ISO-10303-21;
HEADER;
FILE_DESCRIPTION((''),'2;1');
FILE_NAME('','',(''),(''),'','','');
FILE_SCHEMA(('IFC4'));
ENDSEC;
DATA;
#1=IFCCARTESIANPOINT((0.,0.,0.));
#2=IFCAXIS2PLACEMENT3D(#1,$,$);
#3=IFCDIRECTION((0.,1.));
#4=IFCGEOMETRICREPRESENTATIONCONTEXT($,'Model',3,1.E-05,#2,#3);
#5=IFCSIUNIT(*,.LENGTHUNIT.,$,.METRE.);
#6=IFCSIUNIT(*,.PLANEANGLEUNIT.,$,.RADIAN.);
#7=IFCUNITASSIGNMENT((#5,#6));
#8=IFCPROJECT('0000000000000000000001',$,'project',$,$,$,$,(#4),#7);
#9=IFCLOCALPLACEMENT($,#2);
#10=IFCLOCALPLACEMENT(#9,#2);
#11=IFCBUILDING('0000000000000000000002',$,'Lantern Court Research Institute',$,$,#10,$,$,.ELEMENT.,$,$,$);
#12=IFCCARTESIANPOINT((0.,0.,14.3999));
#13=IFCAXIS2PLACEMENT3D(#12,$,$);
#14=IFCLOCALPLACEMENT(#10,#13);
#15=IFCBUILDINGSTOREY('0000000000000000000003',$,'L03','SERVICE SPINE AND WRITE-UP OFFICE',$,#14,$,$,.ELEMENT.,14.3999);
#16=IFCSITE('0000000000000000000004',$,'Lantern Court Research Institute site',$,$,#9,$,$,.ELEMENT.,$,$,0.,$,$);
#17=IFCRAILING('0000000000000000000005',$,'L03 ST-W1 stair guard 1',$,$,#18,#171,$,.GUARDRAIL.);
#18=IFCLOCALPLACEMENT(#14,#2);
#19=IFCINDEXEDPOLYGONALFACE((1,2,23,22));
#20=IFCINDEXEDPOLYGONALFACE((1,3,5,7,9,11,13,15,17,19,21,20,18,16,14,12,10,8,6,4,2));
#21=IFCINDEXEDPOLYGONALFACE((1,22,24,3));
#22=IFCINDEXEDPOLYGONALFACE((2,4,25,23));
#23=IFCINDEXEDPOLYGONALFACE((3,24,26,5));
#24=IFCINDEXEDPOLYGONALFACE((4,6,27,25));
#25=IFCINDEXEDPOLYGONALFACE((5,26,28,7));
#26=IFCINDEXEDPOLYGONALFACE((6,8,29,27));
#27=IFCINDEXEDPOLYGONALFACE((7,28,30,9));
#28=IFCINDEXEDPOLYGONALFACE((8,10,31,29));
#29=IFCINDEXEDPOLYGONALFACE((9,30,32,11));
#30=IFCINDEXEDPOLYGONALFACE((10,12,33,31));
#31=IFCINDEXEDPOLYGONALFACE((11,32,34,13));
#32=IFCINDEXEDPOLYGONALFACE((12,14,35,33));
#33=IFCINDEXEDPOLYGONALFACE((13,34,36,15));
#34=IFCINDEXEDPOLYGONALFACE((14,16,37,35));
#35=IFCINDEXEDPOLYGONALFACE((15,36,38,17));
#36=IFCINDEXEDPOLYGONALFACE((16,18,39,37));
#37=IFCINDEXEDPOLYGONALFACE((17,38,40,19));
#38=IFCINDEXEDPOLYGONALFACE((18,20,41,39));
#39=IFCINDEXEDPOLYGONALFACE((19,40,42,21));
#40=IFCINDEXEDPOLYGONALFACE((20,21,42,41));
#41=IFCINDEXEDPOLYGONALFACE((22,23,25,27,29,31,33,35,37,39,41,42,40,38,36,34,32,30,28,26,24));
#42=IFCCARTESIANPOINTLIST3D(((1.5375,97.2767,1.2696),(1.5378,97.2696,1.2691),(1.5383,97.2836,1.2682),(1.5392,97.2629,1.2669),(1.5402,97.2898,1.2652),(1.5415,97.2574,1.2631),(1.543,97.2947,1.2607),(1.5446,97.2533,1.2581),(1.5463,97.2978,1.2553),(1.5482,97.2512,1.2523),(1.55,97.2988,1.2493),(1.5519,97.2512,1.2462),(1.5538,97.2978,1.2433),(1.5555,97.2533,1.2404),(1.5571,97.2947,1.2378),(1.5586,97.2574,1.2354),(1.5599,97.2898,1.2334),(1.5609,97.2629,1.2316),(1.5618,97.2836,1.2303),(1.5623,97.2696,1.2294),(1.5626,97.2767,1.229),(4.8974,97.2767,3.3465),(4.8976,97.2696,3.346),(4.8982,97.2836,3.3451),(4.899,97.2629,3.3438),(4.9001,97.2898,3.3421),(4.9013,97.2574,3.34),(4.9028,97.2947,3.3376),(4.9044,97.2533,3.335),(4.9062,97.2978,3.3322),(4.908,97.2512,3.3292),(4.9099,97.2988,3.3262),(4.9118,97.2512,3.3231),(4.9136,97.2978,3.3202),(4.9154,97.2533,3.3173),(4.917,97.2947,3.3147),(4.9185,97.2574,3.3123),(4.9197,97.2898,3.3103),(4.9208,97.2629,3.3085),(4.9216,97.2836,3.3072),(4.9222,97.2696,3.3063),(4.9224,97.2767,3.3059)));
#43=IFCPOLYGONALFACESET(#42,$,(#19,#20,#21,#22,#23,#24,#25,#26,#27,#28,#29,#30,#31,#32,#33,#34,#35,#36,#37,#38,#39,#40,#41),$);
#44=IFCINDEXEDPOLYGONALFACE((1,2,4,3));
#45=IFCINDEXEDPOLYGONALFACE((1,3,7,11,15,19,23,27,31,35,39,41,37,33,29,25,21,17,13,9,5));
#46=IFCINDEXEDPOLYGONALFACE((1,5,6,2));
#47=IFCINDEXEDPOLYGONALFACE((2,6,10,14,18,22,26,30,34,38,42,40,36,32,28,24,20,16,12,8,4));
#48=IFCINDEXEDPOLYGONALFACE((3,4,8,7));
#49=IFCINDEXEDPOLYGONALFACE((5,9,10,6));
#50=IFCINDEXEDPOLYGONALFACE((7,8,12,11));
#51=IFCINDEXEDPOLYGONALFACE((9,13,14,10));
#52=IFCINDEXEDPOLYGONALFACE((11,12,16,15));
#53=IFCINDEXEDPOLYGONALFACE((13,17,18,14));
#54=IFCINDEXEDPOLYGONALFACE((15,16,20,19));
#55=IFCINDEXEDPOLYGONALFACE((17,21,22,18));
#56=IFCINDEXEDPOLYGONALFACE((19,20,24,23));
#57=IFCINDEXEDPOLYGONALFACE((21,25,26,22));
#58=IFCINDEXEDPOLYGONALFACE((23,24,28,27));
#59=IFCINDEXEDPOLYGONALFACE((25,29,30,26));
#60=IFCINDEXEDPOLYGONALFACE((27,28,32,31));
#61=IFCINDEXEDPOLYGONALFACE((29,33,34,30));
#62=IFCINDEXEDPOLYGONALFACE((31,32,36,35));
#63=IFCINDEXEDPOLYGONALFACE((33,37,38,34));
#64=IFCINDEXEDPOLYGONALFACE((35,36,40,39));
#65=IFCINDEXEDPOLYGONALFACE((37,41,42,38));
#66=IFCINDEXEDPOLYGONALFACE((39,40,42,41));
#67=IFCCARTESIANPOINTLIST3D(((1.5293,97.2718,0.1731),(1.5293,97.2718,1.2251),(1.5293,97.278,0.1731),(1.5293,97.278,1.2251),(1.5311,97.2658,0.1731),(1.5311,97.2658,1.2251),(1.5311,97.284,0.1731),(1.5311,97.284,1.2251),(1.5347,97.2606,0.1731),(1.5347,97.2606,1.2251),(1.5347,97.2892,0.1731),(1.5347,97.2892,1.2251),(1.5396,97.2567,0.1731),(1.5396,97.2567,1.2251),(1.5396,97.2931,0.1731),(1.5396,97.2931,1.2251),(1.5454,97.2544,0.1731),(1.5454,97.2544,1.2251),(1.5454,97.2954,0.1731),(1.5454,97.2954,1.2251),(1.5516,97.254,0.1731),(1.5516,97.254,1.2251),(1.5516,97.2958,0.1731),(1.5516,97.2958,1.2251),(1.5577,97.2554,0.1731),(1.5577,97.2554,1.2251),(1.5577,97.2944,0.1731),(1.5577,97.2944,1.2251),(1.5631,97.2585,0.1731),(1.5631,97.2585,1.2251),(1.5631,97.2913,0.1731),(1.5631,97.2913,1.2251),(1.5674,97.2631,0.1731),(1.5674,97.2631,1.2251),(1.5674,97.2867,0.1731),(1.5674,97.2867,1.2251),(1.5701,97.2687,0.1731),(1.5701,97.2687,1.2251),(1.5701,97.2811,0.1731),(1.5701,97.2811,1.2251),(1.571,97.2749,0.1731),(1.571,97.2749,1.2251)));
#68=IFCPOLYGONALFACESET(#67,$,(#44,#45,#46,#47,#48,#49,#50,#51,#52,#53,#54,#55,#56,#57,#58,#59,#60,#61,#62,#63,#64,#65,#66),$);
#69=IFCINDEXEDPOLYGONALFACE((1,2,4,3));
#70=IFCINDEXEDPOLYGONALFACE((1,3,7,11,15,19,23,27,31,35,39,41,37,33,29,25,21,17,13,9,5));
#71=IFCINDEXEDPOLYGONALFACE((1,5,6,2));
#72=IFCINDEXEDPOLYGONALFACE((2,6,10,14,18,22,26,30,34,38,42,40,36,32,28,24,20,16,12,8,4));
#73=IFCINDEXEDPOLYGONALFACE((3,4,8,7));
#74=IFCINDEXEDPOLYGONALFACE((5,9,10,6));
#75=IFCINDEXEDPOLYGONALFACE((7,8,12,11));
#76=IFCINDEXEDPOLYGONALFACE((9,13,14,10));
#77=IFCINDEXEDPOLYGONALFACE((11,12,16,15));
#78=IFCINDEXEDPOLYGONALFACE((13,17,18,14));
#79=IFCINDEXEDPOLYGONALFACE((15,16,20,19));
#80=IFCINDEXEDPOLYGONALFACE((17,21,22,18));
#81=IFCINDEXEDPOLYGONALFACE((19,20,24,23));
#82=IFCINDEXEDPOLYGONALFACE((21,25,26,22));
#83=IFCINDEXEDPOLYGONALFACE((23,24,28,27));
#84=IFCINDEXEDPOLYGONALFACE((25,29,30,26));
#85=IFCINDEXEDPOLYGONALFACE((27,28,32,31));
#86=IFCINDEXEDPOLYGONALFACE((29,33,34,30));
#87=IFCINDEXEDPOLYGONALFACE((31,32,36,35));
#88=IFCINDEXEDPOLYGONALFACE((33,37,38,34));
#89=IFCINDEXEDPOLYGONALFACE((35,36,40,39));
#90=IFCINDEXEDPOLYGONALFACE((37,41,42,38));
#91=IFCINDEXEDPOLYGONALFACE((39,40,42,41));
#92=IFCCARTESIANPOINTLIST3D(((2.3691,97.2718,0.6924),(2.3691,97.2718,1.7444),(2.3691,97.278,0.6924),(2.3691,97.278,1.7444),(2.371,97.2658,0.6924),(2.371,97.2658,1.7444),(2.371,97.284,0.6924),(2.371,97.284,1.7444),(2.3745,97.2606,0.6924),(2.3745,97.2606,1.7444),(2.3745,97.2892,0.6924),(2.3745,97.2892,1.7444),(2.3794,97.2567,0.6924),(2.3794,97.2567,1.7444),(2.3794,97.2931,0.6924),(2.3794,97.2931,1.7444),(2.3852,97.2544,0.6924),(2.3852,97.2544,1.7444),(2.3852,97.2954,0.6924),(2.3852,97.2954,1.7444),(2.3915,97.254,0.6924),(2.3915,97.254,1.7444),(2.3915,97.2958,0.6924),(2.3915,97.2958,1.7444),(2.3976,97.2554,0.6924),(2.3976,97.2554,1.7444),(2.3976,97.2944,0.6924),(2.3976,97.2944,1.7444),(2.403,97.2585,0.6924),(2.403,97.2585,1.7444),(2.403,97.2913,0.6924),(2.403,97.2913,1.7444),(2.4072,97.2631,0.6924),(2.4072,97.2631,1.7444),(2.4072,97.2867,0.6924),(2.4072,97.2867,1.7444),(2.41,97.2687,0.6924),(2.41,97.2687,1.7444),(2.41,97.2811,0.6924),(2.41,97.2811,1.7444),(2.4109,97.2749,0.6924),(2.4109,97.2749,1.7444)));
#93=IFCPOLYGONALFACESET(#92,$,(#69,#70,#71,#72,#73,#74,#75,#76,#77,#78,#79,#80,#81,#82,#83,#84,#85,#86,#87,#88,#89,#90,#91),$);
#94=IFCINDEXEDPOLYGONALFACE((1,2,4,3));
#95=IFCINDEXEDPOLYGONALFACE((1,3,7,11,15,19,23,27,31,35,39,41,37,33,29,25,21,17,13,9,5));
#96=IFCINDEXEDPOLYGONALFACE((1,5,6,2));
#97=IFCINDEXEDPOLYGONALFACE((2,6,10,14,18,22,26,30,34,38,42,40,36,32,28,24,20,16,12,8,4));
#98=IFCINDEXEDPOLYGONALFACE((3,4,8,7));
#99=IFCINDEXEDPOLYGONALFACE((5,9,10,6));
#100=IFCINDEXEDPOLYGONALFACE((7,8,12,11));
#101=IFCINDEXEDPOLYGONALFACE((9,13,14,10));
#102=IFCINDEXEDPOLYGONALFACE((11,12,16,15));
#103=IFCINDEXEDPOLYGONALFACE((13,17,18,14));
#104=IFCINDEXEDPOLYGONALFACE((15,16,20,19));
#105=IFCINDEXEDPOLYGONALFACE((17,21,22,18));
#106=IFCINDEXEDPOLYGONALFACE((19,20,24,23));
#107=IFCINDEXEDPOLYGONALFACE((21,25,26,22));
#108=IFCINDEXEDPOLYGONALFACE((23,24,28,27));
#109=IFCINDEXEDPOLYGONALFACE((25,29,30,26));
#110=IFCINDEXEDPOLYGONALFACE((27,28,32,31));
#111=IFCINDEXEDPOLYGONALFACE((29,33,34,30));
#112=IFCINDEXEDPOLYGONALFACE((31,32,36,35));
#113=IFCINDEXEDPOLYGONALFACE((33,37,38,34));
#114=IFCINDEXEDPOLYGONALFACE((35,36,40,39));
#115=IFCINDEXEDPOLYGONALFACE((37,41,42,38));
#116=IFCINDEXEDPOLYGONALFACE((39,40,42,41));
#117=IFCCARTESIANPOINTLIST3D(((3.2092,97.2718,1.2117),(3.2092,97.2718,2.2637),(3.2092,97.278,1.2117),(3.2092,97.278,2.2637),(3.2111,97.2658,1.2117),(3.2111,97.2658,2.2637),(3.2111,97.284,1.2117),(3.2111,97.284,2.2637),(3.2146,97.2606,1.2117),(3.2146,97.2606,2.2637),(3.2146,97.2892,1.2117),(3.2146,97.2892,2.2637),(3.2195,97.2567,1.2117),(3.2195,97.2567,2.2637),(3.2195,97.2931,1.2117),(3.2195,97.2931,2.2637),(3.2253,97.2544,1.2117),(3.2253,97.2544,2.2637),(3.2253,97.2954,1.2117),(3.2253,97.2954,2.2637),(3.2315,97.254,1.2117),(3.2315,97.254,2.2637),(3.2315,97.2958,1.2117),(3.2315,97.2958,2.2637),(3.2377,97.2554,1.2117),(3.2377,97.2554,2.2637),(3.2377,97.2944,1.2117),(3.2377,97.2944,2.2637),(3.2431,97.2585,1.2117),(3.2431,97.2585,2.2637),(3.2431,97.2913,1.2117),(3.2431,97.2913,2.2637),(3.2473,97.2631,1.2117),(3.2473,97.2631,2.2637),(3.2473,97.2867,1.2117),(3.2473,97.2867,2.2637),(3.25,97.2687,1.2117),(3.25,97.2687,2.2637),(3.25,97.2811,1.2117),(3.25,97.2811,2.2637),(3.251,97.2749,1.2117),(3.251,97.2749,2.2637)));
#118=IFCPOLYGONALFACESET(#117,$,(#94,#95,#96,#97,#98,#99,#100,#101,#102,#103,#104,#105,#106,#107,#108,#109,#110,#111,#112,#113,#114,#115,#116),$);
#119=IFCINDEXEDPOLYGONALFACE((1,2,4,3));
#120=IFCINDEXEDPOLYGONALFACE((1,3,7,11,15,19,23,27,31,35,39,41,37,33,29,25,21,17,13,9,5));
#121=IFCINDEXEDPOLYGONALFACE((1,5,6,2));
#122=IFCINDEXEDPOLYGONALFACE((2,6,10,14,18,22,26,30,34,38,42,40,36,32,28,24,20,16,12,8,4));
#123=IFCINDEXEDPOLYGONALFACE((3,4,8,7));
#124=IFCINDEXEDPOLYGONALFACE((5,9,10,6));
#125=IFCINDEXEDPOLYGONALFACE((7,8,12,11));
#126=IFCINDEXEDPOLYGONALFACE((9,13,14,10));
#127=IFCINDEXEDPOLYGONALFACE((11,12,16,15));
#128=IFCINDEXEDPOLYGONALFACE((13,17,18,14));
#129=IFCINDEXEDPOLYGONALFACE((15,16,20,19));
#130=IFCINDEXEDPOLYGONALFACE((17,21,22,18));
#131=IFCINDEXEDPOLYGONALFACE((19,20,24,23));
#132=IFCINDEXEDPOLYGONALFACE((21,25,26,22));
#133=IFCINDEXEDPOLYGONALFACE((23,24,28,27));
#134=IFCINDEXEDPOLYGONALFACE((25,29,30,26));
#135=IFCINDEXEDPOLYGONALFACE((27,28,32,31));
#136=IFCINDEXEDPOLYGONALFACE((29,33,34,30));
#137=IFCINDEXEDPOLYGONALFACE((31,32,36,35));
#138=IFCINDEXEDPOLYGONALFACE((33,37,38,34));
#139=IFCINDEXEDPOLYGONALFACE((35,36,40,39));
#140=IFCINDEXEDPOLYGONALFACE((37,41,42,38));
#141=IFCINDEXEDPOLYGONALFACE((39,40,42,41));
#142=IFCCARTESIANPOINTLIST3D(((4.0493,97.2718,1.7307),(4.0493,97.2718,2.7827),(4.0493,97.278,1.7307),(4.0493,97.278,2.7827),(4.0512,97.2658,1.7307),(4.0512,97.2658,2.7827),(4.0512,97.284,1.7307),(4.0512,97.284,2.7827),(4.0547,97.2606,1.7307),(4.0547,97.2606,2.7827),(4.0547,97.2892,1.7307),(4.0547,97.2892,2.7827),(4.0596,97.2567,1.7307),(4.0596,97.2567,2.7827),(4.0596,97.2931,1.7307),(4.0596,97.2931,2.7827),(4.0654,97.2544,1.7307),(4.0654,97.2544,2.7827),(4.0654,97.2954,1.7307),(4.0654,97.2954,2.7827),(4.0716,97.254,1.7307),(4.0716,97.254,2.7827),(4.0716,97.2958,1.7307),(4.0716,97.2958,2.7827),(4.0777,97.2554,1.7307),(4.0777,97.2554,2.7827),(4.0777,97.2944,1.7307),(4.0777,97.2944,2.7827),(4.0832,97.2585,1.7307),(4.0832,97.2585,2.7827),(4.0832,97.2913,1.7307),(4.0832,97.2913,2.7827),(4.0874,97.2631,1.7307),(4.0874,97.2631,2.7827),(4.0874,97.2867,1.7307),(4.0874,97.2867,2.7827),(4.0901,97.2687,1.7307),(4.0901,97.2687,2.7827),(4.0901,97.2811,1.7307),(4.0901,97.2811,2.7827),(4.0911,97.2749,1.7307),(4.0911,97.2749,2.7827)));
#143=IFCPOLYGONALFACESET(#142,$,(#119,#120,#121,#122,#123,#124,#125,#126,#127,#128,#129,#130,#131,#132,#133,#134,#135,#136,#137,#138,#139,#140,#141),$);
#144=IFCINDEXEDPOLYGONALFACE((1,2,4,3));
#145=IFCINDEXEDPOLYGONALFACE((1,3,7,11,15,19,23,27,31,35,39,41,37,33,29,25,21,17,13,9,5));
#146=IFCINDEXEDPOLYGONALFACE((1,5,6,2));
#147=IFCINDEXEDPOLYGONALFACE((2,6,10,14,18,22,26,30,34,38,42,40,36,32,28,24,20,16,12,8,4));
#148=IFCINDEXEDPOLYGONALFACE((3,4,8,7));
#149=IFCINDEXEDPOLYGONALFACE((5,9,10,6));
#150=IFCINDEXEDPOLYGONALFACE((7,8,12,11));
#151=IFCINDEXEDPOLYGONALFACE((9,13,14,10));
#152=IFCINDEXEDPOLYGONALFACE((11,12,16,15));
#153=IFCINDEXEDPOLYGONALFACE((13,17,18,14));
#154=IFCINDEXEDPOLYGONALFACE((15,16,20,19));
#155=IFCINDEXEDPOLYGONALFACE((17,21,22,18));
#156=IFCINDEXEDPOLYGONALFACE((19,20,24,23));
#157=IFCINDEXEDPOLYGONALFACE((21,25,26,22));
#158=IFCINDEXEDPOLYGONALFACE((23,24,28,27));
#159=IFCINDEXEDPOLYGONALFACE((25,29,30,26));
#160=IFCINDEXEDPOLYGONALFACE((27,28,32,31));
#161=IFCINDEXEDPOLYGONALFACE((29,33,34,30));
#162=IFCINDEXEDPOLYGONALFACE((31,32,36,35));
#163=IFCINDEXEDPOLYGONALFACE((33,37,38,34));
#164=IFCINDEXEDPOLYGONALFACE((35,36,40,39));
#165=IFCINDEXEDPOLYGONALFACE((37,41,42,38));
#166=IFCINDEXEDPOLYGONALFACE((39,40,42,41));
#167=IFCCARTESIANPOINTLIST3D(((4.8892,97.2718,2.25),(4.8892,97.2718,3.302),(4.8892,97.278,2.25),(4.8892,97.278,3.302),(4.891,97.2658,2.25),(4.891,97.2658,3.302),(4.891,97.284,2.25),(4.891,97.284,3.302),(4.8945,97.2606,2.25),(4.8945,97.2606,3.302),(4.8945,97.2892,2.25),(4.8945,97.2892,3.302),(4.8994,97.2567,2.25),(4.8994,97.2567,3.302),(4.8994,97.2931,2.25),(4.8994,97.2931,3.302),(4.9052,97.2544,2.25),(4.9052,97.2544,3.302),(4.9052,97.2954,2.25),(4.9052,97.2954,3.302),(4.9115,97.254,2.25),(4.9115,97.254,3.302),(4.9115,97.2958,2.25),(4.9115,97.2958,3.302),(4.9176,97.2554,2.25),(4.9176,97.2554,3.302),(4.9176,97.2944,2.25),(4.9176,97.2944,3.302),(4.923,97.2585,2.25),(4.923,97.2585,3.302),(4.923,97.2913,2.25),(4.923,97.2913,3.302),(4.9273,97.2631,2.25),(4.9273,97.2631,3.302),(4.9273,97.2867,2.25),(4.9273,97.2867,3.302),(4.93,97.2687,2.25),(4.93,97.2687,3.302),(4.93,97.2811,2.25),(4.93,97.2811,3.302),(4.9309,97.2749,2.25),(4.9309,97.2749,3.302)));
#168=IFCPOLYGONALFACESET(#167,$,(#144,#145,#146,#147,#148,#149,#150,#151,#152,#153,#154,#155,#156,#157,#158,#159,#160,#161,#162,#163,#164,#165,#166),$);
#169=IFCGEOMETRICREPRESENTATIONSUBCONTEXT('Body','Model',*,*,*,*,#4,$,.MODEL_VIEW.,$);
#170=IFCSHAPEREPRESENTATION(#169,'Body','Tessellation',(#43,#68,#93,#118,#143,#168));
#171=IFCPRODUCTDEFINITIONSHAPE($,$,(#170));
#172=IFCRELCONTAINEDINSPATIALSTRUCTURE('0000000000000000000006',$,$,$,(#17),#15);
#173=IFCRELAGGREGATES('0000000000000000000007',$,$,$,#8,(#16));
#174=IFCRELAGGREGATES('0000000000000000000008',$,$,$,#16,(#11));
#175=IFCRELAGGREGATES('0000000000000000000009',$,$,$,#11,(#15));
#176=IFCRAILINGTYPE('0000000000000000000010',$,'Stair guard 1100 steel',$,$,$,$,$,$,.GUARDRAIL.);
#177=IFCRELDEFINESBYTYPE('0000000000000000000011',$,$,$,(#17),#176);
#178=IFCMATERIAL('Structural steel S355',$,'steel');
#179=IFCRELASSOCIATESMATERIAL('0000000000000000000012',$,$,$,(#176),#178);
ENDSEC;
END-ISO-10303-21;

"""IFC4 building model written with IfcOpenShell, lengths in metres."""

from ifc_helpers import new_model, si_unit, direction, frame, origin, origin_2d, place, context, subcontext, project, spatial, circle, extrude, material, type_object, element, save


model = new_model("IFC4")

# Units and contexts
model_context = context("Model", 3, precision=1e-05, world=origin(), true_north=direction((0.0, 1.0)))
body_context = subcontext(model_context, "Body", "Model", "MODEL_VIEW")
ifc_project = project(units=[si_unit("LENGTHUNIT", "METRE"), si_unit("PLANEANGLEUNIT", "RADIAN")], contexts=[model_context])

# Site, building, storey
site_placement = place(None, origin())
site = spatial("IfcSite", under=ifc_project, at=site_placement, Name="Lantern Court Research Institute site", CompositionType="ELEMENT", RefElevation=0.0)
building_placement = place(site_placement, origin())
building = spatial("IfcBuilding", under=site, at=building_placement, Name="Lantern Court Research Institute", CompositionType="ELEMENT")
storey_placement = place(building_placement, frame((0.0, 0.0, 14.3999)))
storey = spatial("IfcBuildingStorey", under=building, at=storey_placement, Name="L03", Description="SERVICE SPINE AND WRITE-UP OFFICE", CompositionType="ELEMENT", Elevation=14.3999)

# Railing
ifc_material_1 = material(Name="Structural steel S355", Category="steel")
railing_type_1 = type_object("IfcRailingType", Name="Stair guard 1100 steel", PredefinedType="GUARDRAIL", material=ifc_material_1)
railing_1_placement = place(storey_placement, frame((1.55, 97.2749, 0.1731)))
element("IfcRailing", 1, at=railing_1_placement, inside=storey, type_object=railing_type_1, Name="L03 ST-W1 stair guard 1", PredefinedType="GUARDRAIL", context=body_context, shape_type="SweptSolid", body=[
    extrude(circle(Radius=0.0239, at=origin_2d()), frame((0.0, 0.0, 1.0762), z_axis=(0.850606, 0.0, 0.525803), x_axis=(0.0, 1.0, 0.0)), (0.0, 0.0, 1.0), 3.95),
    extrude(circle(Radius=0.021, at=origin_2d()), origin(), (0.0, 0.0, 1.0), 1.052),
    extrude(circle(Radius=0.021, at=origin_2d()), frame((0.8398, 0.0, 0.5193)), (0.0, 0.0, 1.0), 1.052),
    extrude(circle(Radius=0.021, at=origin_2d()), frame((1.6799, 0.0, 1.0386)), (0.0, 0.0, 1.0), 1.052),
    extrude(circle(Radius=0.021, at=origin_2d()), frame((2.52, 0.0, 1.5576)), (0.0, 0.0, 1.0), 1.052),
    extrude(circle(Radius=0.021, at=origin_2d()), frame((3.3599, 0.0, 2.0769)), (0.0, 0.0, 1.0), 1.052),
])

save(model, "model.ifc")
